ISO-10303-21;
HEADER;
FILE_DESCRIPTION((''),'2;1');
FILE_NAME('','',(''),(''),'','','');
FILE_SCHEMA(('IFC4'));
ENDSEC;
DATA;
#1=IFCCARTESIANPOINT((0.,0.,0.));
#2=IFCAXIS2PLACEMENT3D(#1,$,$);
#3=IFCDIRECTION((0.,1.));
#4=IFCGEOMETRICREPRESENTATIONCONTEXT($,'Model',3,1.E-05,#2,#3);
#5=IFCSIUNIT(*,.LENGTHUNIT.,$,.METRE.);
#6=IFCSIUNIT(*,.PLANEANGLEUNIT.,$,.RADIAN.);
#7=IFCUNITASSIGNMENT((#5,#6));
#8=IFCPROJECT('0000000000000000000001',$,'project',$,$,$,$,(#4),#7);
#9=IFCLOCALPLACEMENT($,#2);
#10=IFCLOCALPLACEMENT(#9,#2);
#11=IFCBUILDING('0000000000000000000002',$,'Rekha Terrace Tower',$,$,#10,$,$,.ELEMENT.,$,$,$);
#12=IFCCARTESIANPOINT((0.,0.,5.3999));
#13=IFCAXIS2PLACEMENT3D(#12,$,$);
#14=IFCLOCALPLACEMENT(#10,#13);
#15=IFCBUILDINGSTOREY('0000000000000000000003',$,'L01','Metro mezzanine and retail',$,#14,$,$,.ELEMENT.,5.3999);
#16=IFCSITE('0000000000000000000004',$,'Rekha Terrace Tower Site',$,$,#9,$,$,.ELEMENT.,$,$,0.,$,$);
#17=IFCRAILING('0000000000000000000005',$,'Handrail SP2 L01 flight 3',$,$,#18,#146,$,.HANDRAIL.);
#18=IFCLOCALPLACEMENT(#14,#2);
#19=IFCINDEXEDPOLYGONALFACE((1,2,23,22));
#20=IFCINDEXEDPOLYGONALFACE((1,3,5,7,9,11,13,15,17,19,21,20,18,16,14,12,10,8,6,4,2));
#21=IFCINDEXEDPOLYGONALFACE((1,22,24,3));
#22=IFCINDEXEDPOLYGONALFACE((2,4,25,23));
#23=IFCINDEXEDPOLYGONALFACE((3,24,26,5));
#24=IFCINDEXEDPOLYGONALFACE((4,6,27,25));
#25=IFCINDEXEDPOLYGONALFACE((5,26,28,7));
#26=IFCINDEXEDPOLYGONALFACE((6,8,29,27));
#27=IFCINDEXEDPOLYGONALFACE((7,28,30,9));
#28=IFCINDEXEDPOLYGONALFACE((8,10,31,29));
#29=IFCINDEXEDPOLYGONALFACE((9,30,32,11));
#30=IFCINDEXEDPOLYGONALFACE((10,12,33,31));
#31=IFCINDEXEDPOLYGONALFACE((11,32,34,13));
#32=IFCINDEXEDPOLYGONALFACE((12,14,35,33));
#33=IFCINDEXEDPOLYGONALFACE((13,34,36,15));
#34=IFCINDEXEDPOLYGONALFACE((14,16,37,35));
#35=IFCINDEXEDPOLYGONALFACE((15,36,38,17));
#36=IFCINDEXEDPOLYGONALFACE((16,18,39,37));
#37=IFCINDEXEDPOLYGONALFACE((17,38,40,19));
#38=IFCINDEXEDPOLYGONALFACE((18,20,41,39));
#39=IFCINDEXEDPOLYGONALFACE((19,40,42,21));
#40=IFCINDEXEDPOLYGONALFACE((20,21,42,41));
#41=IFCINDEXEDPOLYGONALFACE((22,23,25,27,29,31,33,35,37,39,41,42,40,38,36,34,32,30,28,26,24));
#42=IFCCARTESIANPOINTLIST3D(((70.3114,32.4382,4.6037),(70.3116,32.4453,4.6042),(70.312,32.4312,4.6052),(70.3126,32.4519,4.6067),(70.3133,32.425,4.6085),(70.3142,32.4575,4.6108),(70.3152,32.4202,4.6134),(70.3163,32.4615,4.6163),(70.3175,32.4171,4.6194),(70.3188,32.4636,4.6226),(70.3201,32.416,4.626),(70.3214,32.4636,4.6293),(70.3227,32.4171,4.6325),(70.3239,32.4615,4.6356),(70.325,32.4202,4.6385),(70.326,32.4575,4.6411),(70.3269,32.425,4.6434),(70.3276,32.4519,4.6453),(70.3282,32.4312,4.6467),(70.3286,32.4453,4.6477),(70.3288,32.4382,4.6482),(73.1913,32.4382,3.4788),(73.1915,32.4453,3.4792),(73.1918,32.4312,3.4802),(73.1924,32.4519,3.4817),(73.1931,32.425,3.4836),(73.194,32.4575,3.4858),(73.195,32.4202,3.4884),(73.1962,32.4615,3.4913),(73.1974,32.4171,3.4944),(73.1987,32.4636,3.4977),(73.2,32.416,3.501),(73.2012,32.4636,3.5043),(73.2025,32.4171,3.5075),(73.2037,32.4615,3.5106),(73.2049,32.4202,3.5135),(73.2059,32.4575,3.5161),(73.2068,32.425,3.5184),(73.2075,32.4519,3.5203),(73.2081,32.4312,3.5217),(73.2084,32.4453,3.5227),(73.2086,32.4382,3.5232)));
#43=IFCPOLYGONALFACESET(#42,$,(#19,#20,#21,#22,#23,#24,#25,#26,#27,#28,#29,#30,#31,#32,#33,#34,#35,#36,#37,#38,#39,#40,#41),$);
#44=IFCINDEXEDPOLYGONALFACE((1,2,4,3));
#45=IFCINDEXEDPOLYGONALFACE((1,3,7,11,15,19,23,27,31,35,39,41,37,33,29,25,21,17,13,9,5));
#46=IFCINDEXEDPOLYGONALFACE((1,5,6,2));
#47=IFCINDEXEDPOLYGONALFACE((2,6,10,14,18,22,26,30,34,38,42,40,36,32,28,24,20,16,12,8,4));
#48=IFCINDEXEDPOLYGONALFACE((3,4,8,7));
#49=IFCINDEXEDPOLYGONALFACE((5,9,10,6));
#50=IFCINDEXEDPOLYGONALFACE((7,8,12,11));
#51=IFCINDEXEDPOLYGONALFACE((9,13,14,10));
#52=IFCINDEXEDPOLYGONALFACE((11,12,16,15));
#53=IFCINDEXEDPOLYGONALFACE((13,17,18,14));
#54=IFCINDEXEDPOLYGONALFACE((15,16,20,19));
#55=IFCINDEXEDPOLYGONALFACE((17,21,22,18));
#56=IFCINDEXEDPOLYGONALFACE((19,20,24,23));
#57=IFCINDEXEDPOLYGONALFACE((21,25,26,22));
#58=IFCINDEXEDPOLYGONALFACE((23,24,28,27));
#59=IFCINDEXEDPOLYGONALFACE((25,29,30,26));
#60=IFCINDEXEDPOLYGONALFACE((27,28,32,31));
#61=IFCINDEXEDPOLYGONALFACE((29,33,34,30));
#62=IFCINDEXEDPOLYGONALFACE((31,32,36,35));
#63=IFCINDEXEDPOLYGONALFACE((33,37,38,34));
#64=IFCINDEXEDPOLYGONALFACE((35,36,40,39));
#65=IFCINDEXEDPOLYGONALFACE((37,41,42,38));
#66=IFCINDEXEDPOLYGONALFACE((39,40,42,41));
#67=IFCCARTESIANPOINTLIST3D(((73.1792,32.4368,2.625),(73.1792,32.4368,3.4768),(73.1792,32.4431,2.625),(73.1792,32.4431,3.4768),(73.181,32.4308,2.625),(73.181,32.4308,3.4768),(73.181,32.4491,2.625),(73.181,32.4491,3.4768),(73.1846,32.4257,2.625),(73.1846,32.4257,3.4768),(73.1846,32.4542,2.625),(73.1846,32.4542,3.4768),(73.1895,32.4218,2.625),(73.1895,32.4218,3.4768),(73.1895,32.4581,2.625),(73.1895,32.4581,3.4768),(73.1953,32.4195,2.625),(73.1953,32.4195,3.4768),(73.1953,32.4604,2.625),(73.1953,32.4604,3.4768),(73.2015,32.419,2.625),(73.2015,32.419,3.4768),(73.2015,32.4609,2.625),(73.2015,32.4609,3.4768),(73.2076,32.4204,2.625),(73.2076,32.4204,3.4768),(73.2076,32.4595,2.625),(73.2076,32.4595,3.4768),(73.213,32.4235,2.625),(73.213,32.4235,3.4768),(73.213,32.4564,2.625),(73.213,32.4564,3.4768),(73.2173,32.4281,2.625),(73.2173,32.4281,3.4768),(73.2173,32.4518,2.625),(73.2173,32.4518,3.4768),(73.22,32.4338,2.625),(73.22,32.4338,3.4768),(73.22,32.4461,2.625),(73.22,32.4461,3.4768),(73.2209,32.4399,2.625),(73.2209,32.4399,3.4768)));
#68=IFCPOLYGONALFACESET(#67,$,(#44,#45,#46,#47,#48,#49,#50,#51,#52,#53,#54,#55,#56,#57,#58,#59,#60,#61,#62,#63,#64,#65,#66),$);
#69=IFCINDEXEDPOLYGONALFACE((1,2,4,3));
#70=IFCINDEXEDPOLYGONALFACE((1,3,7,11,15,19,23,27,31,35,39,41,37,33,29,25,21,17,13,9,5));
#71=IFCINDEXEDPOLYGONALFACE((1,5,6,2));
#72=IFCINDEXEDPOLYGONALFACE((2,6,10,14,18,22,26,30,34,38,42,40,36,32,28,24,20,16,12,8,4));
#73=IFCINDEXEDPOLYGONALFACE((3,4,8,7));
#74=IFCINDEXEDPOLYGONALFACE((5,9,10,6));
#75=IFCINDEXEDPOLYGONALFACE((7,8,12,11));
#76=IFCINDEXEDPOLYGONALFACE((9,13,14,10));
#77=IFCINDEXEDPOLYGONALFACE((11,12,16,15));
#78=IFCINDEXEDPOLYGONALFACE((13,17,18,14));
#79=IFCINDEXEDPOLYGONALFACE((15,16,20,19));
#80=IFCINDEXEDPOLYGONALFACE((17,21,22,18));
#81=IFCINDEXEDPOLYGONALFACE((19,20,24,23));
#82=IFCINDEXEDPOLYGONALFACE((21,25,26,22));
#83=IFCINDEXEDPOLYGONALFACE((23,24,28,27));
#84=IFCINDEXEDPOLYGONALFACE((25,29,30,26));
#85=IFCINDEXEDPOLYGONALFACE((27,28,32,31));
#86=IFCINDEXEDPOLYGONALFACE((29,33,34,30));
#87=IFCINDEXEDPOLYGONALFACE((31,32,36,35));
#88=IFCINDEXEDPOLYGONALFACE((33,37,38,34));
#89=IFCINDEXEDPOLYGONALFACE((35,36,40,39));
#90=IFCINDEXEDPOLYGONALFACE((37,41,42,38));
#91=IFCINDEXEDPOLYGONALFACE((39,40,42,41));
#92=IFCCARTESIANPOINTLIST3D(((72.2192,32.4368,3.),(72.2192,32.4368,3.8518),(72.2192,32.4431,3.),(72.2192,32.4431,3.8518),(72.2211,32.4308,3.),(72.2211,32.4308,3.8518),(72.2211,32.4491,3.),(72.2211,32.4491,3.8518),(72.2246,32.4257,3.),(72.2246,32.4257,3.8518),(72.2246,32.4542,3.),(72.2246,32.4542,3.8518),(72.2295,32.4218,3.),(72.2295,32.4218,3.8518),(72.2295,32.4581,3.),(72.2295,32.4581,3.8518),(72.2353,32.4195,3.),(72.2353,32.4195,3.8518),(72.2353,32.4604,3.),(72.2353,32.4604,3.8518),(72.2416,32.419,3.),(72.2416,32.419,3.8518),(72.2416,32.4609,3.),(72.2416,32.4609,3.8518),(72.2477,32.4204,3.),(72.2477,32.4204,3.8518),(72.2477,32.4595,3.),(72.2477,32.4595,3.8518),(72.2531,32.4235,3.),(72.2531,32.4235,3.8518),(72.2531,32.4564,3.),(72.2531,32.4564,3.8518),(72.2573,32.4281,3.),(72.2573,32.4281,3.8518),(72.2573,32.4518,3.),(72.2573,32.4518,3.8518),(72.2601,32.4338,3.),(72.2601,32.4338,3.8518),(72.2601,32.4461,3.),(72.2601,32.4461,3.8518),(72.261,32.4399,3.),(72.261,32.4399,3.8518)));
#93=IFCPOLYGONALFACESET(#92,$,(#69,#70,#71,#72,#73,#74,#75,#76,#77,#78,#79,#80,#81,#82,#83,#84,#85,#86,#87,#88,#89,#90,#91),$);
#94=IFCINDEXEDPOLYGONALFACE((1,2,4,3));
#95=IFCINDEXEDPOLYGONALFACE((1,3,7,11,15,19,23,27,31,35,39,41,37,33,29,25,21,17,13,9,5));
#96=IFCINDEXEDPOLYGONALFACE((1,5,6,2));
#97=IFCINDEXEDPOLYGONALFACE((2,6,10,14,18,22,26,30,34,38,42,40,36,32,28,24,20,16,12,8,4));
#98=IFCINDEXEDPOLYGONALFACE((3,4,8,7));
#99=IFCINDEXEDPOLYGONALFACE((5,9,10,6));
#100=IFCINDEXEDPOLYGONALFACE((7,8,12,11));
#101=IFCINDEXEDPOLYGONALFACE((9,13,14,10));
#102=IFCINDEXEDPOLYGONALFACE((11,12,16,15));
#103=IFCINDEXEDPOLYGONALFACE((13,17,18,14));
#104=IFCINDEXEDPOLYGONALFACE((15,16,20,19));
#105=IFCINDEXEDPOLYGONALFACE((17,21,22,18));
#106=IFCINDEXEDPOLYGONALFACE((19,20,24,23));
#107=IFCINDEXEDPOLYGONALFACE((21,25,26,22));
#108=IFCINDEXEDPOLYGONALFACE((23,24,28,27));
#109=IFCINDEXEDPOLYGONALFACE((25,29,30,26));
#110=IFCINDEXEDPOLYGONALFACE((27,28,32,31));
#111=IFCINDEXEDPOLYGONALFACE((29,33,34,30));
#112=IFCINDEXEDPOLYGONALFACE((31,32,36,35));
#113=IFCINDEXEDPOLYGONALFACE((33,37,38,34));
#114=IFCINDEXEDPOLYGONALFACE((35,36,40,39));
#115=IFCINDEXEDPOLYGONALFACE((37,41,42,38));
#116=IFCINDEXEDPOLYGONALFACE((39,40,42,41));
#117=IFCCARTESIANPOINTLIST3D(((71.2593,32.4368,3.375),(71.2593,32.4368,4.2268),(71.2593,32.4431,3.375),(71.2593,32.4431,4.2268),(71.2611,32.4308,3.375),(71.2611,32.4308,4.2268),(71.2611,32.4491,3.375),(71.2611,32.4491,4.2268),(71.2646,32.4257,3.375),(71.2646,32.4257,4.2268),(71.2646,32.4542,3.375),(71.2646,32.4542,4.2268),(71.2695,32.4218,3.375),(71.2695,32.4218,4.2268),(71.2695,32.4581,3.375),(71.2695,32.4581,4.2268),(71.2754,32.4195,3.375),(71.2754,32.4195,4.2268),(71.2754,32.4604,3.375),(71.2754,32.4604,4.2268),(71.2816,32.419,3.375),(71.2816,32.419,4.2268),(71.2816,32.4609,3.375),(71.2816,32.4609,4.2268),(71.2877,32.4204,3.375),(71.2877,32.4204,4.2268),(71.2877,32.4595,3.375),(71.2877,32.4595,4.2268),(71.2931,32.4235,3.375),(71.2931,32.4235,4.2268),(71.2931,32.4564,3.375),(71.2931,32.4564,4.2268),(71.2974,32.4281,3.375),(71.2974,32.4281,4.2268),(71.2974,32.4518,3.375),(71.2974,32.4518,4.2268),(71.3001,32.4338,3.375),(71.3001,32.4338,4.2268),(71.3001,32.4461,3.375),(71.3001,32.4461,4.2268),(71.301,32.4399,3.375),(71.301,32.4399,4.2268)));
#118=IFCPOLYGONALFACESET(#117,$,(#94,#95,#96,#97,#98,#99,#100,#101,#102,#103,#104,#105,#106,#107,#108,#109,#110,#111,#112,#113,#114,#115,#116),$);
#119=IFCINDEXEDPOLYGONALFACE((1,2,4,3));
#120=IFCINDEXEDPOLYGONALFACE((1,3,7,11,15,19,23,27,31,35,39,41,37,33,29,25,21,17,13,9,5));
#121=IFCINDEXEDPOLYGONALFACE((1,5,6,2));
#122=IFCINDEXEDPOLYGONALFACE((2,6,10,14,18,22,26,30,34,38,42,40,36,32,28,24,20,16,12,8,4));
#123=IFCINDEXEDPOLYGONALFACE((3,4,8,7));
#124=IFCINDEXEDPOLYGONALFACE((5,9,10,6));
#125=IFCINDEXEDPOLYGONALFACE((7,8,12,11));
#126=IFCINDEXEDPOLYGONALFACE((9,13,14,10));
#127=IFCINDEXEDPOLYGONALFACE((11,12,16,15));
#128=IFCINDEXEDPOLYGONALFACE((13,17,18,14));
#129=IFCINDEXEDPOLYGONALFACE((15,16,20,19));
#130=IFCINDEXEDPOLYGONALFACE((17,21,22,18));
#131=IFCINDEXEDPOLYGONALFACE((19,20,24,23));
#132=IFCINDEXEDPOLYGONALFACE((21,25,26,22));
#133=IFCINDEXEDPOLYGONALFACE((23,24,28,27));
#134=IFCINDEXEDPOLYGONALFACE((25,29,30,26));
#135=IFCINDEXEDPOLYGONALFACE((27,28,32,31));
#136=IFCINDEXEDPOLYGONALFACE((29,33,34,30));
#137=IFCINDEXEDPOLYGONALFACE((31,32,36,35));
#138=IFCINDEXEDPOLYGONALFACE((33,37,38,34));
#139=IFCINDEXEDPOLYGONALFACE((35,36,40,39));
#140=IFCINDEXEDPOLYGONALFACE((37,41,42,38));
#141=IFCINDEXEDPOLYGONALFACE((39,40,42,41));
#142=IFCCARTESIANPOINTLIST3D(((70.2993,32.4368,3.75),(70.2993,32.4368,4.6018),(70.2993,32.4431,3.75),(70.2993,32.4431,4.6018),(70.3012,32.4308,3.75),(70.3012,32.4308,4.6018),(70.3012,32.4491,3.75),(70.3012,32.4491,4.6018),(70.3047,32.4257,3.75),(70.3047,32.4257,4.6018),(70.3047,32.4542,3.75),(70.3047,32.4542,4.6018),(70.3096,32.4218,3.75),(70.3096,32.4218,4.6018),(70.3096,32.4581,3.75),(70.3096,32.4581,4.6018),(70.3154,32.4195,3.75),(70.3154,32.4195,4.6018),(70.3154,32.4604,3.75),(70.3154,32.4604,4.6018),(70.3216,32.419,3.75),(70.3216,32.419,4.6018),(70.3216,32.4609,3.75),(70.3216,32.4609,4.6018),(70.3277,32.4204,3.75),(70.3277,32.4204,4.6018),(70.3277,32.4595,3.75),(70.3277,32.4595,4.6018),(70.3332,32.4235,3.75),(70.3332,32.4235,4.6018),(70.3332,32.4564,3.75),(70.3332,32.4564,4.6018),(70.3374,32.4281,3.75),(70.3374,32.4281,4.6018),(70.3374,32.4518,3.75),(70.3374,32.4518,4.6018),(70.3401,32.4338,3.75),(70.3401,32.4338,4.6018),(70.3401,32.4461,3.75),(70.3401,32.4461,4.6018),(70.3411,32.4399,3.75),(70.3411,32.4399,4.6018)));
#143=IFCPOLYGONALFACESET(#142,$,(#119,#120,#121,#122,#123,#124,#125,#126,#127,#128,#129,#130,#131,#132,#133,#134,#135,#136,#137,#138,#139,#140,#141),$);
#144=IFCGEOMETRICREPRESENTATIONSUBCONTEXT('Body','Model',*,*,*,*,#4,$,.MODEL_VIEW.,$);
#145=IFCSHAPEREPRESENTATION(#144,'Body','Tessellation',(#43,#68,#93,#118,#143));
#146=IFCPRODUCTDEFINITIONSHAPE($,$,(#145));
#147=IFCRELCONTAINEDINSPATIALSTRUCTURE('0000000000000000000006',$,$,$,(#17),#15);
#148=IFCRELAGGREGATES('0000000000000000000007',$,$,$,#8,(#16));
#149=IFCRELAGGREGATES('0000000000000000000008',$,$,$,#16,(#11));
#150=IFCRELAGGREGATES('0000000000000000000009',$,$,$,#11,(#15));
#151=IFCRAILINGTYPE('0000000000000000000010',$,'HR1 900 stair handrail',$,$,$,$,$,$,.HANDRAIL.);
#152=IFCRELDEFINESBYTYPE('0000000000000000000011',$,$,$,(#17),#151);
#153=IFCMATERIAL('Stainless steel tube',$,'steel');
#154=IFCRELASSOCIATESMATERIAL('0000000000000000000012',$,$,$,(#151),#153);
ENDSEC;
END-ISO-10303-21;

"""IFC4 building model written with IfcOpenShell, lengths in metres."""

from ifc_helpers import new_model, si_unit, direction, frame, origin, origin_2d, place, context, subcontext, project, spatial, circle, extrude, material, type_object, element, save


model = new_model("IFC4")

# Units and contexts
model_context = context("Model", 3, precision=1e-05, world=origin(), true_north=direction((0.0, 1.0)))
body_context = subcontext(model_context, "Body", "Model", "MODEL_VIEW")
ifc_project = project(units=[si_unit("LENGTHUNIT", "METRE"), si_unit("PLANEANGLEUNIT", "RADIAN")], contexts=[model_context])

# Site, building, storey
site_placement = place(None, origin())
site = spatial("IfcSite", under=ifc_project, at=site_placement, Name="Rekha Terrace Tower Site", CompositionType="ELEMENT", RefElevation=0.0)
building_placement = place(site_placement, origin())
building = spatial("IfcBuilding", under=site, at=building_placement, Name="Rekha Terrace Tower", CompositionType="ELEMENT")
storey_placement = place(building_placement, frame((0.0, 0.0, 5.3999)))
storey = spatial("IfcBuildingStorey", under=building, at=storey_placement, Name="L01", Description="Metro mezzanine and retail", CompositionType="ELEMENT", Elevation=5.3999)

# Railing
ifc_material_1 = material(Name="Stainless steel tube", Category="steel")
railing_type_1 = type_object("IfcRailingType", Name="HR1 900 stair handrail", PredefinedType="HANDRAIL", material=ifc_material_1)
railing_1_placement = place(storey_placement, frame((73.2, 32.4399, 2.625)))
element("IfcRailing", 1, at=railing_1_placement, inside=storey, type_object=railing_type_1, Name="Handrail SP2 L01 flight 3", PredefinedType="HANDRAIL", context=body_context, shape_type="SweptSolid", body=[
    extrude(circle(Radius=0.0239, at=origin_2d()), frame((0.0, 0.0, 0.876), z_axis=(-0.931452, 0.0, 0.363863), x_axis=(0.0, -1.0, 0.0)), (0.0, 0.0, 1.0), 3.0918),
    extrude(circle(Radius=0.021, at=origin_2d()), origin(), (0.0, 0.0, 1.0), 0.8518),
    extrude(circle(Radius=0.021, at=origin_2d()), frame((-0.96, 0.0, 0.375)), (0.0, 0.0, 1.0), 0.8518),
    extrude(circle(Radius=0.021, at=origin_2d()), frame((-1.9199, 0.0, 0.75)), (0.0, 0.0, 1.0), 0.8518),
    extrude(circle(Radius=0.021, at=origin_2d()), frame((-2.8799, 0.0, 1.125)), (0.0, 0.0, 1.0), 0.8518),
])

save(model, "model.ifc")
